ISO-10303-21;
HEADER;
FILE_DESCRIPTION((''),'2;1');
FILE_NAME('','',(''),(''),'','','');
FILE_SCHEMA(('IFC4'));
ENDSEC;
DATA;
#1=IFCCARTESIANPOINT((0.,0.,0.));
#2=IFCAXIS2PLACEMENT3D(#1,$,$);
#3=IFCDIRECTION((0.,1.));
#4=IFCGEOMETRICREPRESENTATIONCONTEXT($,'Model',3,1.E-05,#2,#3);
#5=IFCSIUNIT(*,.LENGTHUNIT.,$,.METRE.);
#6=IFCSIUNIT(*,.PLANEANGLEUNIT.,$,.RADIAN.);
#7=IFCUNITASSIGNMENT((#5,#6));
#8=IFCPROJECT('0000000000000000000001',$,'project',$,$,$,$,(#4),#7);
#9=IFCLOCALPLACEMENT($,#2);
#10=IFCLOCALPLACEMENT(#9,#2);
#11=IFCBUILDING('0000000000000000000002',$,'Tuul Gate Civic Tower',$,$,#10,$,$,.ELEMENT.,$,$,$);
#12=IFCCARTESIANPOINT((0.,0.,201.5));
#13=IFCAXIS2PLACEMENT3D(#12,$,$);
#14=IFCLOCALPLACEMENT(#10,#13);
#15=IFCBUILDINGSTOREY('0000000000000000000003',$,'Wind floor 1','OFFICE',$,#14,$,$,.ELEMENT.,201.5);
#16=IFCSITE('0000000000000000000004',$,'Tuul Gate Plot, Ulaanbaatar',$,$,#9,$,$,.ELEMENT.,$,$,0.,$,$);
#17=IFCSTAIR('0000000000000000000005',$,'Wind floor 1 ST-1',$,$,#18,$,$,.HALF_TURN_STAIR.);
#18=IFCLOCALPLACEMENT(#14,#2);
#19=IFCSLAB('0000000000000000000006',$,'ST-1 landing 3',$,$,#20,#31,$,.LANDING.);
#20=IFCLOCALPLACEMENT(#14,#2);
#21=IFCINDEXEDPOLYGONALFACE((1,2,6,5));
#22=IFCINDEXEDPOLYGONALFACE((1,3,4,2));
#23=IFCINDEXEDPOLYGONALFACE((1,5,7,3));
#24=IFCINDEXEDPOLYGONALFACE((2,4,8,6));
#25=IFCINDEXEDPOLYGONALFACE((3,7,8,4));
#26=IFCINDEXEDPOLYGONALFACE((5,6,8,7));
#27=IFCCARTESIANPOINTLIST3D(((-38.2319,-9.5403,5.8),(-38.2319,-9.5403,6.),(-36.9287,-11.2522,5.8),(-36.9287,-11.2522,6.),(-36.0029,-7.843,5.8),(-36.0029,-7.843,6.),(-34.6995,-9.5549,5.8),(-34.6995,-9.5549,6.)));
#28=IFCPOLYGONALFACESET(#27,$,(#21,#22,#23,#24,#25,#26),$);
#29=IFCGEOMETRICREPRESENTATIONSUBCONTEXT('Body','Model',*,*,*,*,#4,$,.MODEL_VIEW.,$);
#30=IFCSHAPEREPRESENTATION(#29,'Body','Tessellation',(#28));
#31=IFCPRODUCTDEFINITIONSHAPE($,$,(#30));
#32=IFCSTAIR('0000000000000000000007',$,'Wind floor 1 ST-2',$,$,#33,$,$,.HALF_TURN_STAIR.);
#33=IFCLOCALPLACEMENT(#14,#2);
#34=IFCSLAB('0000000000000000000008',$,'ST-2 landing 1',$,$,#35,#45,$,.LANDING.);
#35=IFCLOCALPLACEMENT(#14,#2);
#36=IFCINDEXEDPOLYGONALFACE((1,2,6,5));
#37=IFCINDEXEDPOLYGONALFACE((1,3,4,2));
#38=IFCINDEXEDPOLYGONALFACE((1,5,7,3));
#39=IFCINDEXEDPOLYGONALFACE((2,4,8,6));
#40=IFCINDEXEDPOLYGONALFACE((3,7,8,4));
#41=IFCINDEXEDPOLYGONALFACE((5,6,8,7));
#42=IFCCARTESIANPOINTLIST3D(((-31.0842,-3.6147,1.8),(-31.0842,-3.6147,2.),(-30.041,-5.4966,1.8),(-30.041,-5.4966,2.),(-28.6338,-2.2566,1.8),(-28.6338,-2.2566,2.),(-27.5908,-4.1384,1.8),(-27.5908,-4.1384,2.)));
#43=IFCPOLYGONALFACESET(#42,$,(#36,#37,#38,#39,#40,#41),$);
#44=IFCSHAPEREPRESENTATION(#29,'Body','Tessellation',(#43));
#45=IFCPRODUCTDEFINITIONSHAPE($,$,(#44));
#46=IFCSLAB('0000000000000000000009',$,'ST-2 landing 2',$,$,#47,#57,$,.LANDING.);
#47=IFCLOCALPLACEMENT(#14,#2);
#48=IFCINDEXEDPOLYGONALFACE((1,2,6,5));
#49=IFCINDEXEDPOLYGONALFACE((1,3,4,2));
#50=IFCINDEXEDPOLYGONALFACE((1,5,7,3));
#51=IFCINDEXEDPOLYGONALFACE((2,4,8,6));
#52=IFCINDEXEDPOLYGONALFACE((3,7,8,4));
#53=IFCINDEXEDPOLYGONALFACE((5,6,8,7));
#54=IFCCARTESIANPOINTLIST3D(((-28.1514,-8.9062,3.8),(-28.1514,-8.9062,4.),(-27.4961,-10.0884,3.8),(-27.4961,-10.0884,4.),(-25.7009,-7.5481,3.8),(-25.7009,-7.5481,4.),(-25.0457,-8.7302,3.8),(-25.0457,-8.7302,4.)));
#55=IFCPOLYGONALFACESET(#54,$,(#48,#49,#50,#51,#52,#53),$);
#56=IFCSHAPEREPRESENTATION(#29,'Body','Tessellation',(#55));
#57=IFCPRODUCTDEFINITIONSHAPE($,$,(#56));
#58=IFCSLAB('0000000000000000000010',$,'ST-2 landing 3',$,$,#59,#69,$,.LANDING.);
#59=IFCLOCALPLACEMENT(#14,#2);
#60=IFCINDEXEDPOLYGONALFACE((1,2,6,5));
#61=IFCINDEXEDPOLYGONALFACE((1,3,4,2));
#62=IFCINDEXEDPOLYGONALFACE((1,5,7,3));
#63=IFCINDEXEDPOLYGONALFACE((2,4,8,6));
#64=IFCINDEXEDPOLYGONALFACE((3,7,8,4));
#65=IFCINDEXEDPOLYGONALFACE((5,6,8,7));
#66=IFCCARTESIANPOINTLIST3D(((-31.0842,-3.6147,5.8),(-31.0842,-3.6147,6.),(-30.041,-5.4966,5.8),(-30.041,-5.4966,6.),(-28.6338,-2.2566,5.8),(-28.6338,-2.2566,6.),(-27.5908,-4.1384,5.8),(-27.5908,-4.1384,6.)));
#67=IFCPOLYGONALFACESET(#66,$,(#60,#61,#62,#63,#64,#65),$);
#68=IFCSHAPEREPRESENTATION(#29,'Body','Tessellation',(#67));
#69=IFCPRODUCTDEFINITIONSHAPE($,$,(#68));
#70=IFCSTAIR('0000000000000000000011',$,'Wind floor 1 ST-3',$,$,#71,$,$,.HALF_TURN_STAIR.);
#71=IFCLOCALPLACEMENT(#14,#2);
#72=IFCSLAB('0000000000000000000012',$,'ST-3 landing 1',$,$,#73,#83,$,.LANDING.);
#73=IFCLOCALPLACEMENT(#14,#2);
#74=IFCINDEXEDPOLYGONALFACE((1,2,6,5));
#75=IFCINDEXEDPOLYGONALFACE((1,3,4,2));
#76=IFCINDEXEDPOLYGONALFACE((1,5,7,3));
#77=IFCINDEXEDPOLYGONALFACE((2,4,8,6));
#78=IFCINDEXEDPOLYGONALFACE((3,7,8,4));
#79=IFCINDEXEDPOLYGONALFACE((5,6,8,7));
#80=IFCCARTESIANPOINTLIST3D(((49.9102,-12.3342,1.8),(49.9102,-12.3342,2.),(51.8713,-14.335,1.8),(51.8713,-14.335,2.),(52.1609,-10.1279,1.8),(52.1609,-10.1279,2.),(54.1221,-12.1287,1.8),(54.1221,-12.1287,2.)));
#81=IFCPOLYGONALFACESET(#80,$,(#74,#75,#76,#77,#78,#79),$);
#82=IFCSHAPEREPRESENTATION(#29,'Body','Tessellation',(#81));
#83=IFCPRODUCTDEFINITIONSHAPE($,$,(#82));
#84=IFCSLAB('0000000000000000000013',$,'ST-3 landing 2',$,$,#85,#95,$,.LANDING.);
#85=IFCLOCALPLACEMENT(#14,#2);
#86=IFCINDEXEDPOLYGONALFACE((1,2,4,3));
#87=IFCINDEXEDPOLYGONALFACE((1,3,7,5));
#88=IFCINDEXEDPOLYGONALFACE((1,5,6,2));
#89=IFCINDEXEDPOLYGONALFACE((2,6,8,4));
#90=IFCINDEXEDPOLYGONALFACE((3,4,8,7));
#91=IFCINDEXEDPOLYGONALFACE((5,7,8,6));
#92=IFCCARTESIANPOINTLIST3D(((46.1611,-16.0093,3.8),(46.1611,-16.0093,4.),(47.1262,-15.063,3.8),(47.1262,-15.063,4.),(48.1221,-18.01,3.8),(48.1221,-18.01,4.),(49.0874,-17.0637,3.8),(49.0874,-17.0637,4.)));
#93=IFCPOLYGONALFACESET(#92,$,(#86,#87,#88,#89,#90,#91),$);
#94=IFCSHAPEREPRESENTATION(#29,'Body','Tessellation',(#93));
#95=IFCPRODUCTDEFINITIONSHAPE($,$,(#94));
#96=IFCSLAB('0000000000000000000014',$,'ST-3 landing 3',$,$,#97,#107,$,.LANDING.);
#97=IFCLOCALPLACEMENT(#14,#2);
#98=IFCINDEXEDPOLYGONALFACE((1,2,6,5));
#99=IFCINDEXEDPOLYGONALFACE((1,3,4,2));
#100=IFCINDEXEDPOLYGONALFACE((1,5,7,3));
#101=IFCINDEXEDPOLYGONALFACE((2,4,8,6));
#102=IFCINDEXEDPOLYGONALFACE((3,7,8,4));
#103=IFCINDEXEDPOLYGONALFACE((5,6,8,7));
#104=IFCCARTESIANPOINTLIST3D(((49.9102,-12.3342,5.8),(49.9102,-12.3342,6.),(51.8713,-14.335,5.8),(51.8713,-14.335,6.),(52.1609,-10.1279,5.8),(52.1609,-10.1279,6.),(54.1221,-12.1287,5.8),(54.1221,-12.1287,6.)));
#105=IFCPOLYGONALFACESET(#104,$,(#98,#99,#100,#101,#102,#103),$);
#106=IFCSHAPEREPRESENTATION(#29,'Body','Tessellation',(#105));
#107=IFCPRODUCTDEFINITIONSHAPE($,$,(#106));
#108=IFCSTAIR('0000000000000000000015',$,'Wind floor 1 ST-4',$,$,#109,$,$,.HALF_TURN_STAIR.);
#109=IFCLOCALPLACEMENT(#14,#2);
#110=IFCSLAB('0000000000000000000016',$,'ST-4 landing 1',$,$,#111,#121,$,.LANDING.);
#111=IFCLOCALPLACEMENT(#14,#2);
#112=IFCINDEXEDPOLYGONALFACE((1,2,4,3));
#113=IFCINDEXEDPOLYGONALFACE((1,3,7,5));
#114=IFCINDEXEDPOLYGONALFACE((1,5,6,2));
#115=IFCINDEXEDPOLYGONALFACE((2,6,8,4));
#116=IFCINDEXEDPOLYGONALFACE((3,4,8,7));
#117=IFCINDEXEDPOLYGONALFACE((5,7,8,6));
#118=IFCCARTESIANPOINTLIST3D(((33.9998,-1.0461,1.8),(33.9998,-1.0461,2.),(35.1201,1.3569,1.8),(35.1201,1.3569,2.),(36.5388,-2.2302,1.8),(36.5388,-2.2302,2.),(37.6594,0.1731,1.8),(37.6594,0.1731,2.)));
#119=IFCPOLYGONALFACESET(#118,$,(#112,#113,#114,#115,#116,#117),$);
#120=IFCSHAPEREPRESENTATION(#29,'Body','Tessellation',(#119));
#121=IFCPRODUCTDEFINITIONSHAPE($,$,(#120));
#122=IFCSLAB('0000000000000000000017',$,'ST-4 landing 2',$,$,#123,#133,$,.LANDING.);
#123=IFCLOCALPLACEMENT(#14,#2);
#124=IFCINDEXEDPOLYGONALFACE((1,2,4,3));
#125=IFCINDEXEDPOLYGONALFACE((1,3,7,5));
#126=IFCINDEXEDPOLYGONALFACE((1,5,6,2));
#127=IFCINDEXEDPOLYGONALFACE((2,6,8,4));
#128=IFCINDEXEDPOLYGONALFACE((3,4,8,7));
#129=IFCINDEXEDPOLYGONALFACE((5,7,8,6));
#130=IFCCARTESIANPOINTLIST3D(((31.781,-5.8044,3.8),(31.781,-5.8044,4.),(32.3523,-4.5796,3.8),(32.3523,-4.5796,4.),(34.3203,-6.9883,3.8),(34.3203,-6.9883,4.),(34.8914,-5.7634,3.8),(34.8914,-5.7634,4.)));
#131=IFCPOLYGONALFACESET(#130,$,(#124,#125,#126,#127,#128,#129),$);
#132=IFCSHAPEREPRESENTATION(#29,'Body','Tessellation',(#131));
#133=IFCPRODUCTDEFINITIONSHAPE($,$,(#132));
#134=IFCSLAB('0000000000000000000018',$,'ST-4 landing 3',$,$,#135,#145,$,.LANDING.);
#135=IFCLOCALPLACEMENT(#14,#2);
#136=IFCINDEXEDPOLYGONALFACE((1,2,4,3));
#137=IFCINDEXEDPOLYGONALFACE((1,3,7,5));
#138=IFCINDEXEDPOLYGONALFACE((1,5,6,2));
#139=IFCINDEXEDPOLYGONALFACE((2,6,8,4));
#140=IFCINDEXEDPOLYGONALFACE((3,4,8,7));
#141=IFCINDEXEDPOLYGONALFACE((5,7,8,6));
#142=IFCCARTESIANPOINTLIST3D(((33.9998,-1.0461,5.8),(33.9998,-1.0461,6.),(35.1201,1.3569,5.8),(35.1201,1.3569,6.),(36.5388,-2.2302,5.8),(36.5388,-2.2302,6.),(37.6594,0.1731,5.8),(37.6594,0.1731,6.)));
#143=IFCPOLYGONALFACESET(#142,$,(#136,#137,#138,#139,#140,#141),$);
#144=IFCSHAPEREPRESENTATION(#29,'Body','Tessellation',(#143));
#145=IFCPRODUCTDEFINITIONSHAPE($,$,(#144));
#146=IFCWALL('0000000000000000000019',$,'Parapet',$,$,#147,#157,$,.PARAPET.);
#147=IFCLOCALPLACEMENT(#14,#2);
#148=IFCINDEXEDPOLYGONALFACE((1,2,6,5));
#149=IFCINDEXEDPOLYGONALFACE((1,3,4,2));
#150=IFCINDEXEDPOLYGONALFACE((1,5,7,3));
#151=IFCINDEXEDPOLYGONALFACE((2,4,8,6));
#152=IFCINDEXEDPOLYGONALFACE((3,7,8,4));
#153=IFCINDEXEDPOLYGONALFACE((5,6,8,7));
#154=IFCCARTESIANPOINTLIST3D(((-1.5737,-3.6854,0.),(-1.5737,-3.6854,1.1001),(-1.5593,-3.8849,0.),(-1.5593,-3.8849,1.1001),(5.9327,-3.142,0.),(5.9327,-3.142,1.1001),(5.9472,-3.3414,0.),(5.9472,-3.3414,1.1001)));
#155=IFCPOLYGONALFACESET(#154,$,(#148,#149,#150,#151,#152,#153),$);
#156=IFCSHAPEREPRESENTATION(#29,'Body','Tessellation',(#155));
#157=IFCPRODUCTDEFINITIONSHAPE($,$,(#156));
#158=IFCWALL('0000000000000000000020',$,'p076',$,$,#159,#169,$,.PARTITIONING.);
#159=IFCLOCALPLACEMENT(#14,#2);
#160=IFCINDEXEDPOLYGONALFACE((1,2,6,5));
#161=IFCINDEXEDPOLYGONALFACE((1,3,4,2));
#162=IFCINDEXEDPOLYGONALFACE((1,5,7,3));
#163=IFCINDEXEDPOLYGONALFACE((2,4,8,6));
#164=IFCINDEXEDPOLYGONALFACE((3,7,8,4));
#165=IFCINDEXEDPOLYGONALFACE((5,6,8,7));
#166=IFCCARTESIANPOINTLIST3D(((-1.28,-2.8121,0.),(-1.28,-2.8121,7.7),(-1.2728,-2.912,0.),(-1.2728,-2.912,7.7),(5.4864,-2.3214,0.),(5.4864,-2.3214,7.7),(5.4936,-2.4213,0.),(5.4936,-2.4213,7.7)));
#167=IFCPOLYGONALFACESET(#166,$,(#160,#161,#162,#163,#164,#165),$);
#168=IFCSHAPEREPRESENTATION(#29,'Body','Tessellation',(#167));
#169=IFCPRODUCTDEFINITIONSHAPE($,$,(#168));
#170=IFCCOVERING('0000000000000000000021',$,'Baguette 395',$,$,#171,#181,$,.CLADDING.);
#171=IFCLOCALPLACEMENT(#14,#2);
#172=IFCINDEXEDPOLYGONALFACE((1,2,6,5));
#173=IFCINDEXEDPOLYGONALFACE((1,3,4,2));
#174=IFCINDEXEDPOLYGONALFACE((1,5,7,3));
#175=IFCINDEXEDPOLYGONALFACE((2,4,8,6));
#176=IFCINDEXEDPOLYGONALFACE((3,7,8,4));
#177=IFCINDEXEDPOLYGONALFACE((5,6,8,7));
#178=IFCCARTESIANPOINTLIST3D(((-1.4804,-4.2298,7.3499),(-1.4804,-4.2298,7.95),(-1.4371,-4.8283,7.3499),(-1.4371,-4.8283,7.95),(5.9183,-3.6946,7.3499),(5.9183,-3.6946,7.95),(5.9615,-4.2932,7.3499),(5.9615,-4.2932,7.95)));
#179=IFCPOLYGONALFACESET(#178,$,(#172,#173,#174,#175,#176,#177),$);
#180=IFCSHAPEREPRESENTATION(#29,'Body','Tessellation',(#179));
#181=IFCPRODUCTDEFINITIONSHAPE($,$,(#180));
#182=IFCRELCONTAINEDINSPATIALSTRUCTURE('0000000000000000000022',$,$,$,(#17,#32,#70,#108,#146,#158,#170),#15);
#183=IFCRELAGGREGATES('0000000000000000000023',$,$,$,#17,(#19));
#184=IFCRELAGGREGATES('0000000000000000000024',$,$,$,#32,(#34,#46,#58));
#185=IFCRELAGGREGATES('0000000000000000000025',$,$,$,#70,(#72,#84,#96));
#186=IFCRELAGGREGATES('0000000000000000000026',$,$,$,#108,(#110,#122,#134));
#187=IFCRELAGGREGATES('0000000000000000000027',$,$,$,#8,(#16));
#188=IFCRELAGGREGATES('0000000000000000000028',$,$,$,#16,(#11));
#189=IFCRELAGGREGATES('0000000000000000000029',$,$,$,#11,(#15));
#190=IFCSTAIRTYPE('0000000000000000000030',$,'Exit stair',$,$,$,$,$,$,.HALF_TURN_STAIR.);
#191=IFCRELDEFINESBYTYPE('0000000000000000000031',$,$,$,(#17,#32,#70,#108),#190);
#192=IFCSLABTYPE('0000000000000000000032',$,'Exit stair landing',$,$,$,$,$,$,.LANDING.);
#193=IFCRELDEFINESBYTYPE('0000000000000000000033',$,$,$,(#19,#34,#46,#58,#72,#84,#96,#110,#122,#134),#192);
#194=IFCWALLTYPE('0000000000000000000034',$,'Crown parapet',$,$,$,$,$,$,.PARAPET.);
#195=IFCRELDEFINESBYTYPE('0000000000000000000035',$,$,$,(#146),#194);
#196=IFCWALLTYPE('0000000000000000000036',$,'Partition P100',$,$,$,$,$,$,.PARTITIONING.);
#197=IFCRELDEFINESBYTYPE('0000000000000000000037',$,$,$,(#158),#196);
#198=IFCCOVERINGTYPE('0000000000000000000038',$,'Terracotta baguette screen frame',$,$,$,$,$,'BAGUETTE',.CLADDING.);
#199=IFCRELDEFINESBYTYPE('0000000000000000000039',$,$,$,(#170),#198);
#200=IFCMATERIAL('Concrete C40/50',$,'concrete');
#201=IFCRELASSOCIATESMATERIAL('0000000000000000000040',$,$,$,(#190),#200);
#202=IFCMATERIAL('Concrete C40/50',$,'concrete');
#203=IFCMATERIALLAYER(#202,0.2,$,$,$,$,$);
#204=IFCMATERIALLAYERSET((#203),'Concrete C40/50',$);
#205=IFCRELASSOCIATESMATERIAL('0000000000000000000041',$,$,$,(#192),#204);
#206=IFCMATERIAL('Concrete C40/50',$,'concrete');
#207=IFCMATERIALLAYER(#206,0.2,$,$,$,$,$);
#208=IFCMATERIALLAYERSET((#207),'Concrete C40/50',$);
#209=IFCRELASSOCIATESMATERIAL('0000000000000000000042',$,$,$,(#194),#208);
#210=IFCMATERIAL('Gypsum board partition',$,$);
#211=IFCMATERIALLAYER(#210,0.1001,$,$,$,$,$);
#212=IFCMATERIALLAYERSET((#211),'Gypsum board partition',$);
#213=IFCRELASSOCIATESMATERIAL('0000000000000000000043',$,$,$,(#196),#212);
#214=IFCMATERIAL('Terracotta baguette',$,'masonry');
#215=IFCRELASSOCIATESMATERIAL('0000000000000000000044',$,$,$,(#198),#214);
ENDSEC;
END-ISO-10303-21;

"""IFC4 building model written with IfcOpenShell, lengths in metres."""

from ifc_helpers import new_model, si_unit, direction, frame, frame_2d, origin, origin_2d, place, context, subcontext, project, spatial, polyline, rectangle, outline, extrude, material, layer, layer_set, material_profile, profile_set, type_object, element, aggregate, save


model = new_model("IFC4")

# Units and contexts
model_context = context("Model", 3, precision=1e-05, world=origin(), true_north=direction((0.0, 1.0)))
body_context = subcontext(model_context, "Body", "Model", "MODEL_VIEW")
ifc_project = project(units=[si_unit("LENGTHUNIT", "METRE"), si_unit("PLANEANGLEUNIT", "RADIAN")], contexts=[model_context])

# Site, building, storey
site_placement = place(None, origin())
site = spatial("IfcSite", under=ifc_project, at=site_placement, Name="Tuul Gate Plot, Ulaanbaatar", CompositionType="ELEMENT", RefElevation=0.0)
building_placement = place(site_placement, origin())
building = spatial("IfcBuilding", under=site, at=building_placement, Name="Tuul Gate Civic Tower", CompositionType="ELEMENT")
storey_placement = place(building_placement, frame((0.0, 0.0, 201.5)))
storey = spatial("IfcBuildingStorey", under=building, at=storey_placement, Name="Wind floor 1", Description="OFFICE", CompositionType="ELEMENT", Elevation=201.5)

# Stairs, slabs
ifc_material_1 = material(Name="Concrete C40/50", Category="concrete")
stair_type = type_object("IfcStairType", Name="Exit stair", PredefinedType="HALF_TURN_STAIR", material=ifc_material_1)
stair_1_placement = place(storey_placement, origin())
stair_1 = element("IfcStair", 1, at=stair_1_placement, inside=storey, type_object=stair_type, Name="Wind floor 1 ST-1", PredefinedType="HALF_TURN_STAIR")
ifc_material_2 = material(Name="Concrete C40/50", Category="concrete")
ifc_layer_1 = layer(ifc_material_2, 0.2)
ifc_layer_set_1 = layer_set([ifc_layer_1], Name="Concrete C40/50")
slab_type = type_object("IfcSlabType", Name="Exit stair landing", PredefinedType="LANDING", material=ifc_layer_set_1)
slab_1_placement = place(storey_placement, frame((0.0, 0.0, 5.8)))
slab_1 = element("IfcSlab", 2, at=slab_1_placement, type_object=slab_type, Name="ST-1 landing 3", PredefinedType="LANDING", context=body_context, shape_type="SweptSolid", body=[
    extrude(outline(polyline([(-34.6995, -9.5549), (-36.9287, -11.2522), (-38.2319, -9.5403), (-36.0029, -7.843), (-34.6995, -9.5549)])), origin(), (0.0, 0.0, 1.0), 0.2),
])
aggregate(stair_1, [slab_1])
stair_2_placement = place(storey_placement, origin())
stair_2 = element("IfcStair", 3, at=stair_2_placement, inside=storey, type_object=stair_type, Name="Wind floor 1 ST-2", PredefinedType="HALF_TURN_STAIR")
slab_2_placement = place(storey_placement, frame((0.0, 0.0, 1.8)))
slab_2 = element("IfcSlab", 4, at=slab_2_placement, type_object=slab_type, Name="ST-2 landing 1", PredefinedType="LANDING", context=body_context, shape_type="SweptSolid", body=[
    extrude(outline(polyline([(-27.5908, -4.1384), (-30.041, -5.4966), (-31.0842, -3.6147), (-28.6338, -2.2566), (-27.5908, -4.1384)])), origin(), (0.0, 0.0, 1.0), 0.2),
])
slab_3_placement = place(storey_placement, frame((0.0, 0.0, 3.8)))
slab_3 = element("IfcSlab", 5, at=slab_3_placement, type_object=slab_type, Name="ST-2 landing 2", PredefinedType="LANDING", context=body_context, shape_type="SweptSolid", body=[
    extrude(outline(polyline([(-25.0457, -8.7302), (-27.4961, -10.0884), (-28.1514, -8.9062), (-25.7009, -7.5481), (-25.0457, -8.7302)])), origin(), (0.0, 0.0, 1.0), 0.2),
])
slab_4_placement = place(storey_placement, frame((0.0, 0.0, 5.8)))
slab_4 = element("IfcSlab", 6, at=slab_4_placement, type_object=slab_type, Name="ST-2 landing 3", PredefinedType="LANDING", context=body_context, shape_type="SweptSolid", body=[
    extrude(outline(polyline([(-27.5908, -4.1384), (-30.041, -5.4966), (-31.0842, -3.6147), (-28.6338, -2.2566), (-27.5908, -4.1384)])), origin(), (0.0, 0.0, 1.0), 0.2),
])
aggregate(stair_2, [slab_2, slab_3, slab_4])
stair_3_placement = place(storey_placement, origin())
stair_3 = element("IfcStair", 7, at=stair_3_placement, inside=storey, type_object=stair_type, Name="Wind floor 1 ST-3", PredefinedType="HALF_TURN_STAIR")
slab_5_placement = place(storey_placement, frame((0.0, 0.0, 1.8)))
slab_5 = element("IfcSlab", 8, at=slab_5_placement, type_object=slab_type, Name="ST-3 landing 1", PredefinedType="LANDING", context=body_context, shape_type="SweptSolid", body=[
    extrude(outline(polyline([(51.8713, -14.335), (49.9102, -12.3342), (52.1609, -10.1279), (54.1221, -12.1287), (51.8713, -14.335)])), origin(), (0.0, 0.0, 1.0), 0.2),
])
slab_6_placement = place(storey_placement, frame((0.0, 0.0, 3.8)))
slab_6 = element("IfcSlab", 9, at=slab_6_placement, type_object=slab_type, Name="ST-3 landing 2", PredefinedType="LANDING", context=body_context, shape_type="SweptSolid", body=[
    extrude(outline(polyline([(48.1221, -18.01), (46.1611, -16.0093), (47.1262, -15.063), (49.0874, -17.0637), (48.1221, -18.01)])), origin(), (0.0, 0.0, 1.0), 0.2),
])
slab_7_placement = place(storey_placement, frame((0.0, 0.0, 5.8)))
slab_7 = element("IfcSlab", 10, at=slab_7_placement, type_object=slab_type, Name="ST-3 landing 3", PredefinedType="LANDING", context=body_context, shape_type="SweptSolid", body=[
    extrude(outline(polyline([(51.8713, -14.335), (49.9102, -12.3342), (52.1609, -10.1279), (54.1221, -12.1287), (51.8713, -14.335)])), origin(), (0.0, 0.0, 1.0), 0.2),
])
aggregate(stair_3, [slab_5, slab_6, slab_7])
stair_4_placement = place(storey_placement, origin())
stair_4 = element("IfcStair", 11, at=stair_4_placement, inside=storey, type_object=stair_type, Name="Wind floor 1 ST-4", PredefinedType="HALF_TURN_STAIR")
slab_8_placement = place(storey_placement, frame((0.0, 0.0, 1.8)))
slab_8 = element("IfcSlab", 12, at=slab_8_placement, type_object=slab_type, Name="ST-4 landing 1", PredefinedType="LANDING", context=body_context, shape_type="SweptSolid", body=[
    extrude(outline(polyline([(36.5388, -2.2302), (33.9998, -1.0461), (35.1201, 1.3569), (37.6594, 0.1731), (36.5388, -2.2302)])), origin(), (0.0, 0.0, 1.0), 0.2),
])
slab_9_placement = place(storey_placement, frame((0.0, 0.0, 3.8)))
slab_9 = element("IfcSlab", 13, at=slab_9_placement, type_object=slab_type, Name="ST-4 landing 2", PredefinedType="LANDING", context=body_context, shape_type="SweptSolid", body=[
    extrude(outline(polyline([(34.3203, -6.9883), (31.781, -5.8044), (32.3523, -4.5796), (34.8914, -5.7634), (34.3203, -6.9883)])), origin(), (0.0, 0.0, 1.0), 0.2),
])
slab_10_placement = place(storey_placement, frame((0.0, 0.0, 5.8)))
slab_10 = element("IfcSlab", 14, at=slab_10_placement, type_object=slab_type, Name="ST-4 landing 3", PredefinedType="LANDING", context=body_context, shape_type="SweptSolid", body=[
    extrude(outline(polyline([(36.5388, -2.2302), (33.9998, -1.0461), (35.1201, 1.3569), (37.6594, 0.1731), (36.5388, -2.2302)])), origin(), (0.0, 0.0, 1.0), 0.2),
])
aggregate(stair_4, [slab_8, slab_9, slab_10])

# Walls
ifc_material_3 = material(Name="Concrete C40/50", Category="concrete")
ifc_layer_2 = layer(ifc_material_3, 0.2)
ifc_layer_set_2 = layer_set([ifc_layer_2], Name="Concrete C40/50")
wall_type_1 = type_object("IfcWallType", Name="Crown parapet", PredefinedType="PARAPET", material=ifc_layer_set_2)
wall_1_placement = place(storey_placement, frame((-1.5667, -3.7852, 0.0), z_axis=(0.0, 0.0, 1.0), x_axis=(0.99739, 0.072208, 0.0)))
element("IfcWall", 15, at=wall_1_placement, inside=storey, type_object=wall_type_1, Name="Parapet", PredefinedType="PARAPET", context=body_context, shape_type="SweptSolid", body=[
    extrude(rectangle(XDim=7.5261, YDim=0.2, at=frame_2d((3.7632, 0.0))), origin(), (0.0, 0.0, 1.0), 1.1001),
])
ifc_material_4 = material(Name="Gypsum board partition")
ifc_layer_3 = layer(ifc_material_4, 0.1001)
ifc_layer_set_3 = layer_set([ifc_layer_3], Name="Gypsum board partition")
wall_type_2 = type_object("IfcWallType", Name="Partition P100", PredefinedType="PARTITIONING", material=ifc_layer_set_3)
wall_2_placement = place(storey_placement, frame((5.49, -2.3713, 0.0), z_axis=(0.0, 0.0, 1.0), x_axis=(-0.99738, -0.072334, 0.0)))
element("IfcWall", 16, at=wall_2_placement, inside=storey, type_object=wall_type_2, Name="p076", PredefinedType="PARTITIONING", context=body_context, shape_type="SweptSolid", body=[
    extrude(rectangle(XDim=6.7842, YDim=0.1001, at=frame_2d((3.3921, 0.0))), origin(), (0.0, 0.0, 1.0), 7.7),
])

# Covering
ifc_material_5 = material(Name="Terracotta baguette", Category="masonry")
ifc_material_profile_1 = material_profile(ifc_material_5, rectangle(XDim=0.6001, YDim=0.6001, at=origin_2d()), Name="Terracotta baguette screen frame")
ifc_profile_set_1 = profile_set([ifc_material_profile_1], Name="Terracotta baguette")
covering_type = type_object("IfcCoveringType", Name="Terracotta baguette screen frame", ElementType="BAGUETTE", PredefinedType="CLADDING", material=ifc_profile_set_1)
covering_placement = place(storey_placement, frame((-1.4587, -4.5291, 7.6499), z_axis=(0.997394, 0.072143, 0.0), x_axis=(-0.072143, 0.997394, 0.0)))
element("IfcCovering", 17, at=covering_placement, inside=storey, type_object=covering_type, Name="Baguette 395", PredefinedType="CLADDING", context=body_context, shape_type="SweptSolid", body=[
    extrude(rectangle(XDim=0.6001, YDim=0.6001, at=origin_2d()), origin(), (0.0, 0.0, 1.0), 7.418),
])

save(model, "model.ifc")
